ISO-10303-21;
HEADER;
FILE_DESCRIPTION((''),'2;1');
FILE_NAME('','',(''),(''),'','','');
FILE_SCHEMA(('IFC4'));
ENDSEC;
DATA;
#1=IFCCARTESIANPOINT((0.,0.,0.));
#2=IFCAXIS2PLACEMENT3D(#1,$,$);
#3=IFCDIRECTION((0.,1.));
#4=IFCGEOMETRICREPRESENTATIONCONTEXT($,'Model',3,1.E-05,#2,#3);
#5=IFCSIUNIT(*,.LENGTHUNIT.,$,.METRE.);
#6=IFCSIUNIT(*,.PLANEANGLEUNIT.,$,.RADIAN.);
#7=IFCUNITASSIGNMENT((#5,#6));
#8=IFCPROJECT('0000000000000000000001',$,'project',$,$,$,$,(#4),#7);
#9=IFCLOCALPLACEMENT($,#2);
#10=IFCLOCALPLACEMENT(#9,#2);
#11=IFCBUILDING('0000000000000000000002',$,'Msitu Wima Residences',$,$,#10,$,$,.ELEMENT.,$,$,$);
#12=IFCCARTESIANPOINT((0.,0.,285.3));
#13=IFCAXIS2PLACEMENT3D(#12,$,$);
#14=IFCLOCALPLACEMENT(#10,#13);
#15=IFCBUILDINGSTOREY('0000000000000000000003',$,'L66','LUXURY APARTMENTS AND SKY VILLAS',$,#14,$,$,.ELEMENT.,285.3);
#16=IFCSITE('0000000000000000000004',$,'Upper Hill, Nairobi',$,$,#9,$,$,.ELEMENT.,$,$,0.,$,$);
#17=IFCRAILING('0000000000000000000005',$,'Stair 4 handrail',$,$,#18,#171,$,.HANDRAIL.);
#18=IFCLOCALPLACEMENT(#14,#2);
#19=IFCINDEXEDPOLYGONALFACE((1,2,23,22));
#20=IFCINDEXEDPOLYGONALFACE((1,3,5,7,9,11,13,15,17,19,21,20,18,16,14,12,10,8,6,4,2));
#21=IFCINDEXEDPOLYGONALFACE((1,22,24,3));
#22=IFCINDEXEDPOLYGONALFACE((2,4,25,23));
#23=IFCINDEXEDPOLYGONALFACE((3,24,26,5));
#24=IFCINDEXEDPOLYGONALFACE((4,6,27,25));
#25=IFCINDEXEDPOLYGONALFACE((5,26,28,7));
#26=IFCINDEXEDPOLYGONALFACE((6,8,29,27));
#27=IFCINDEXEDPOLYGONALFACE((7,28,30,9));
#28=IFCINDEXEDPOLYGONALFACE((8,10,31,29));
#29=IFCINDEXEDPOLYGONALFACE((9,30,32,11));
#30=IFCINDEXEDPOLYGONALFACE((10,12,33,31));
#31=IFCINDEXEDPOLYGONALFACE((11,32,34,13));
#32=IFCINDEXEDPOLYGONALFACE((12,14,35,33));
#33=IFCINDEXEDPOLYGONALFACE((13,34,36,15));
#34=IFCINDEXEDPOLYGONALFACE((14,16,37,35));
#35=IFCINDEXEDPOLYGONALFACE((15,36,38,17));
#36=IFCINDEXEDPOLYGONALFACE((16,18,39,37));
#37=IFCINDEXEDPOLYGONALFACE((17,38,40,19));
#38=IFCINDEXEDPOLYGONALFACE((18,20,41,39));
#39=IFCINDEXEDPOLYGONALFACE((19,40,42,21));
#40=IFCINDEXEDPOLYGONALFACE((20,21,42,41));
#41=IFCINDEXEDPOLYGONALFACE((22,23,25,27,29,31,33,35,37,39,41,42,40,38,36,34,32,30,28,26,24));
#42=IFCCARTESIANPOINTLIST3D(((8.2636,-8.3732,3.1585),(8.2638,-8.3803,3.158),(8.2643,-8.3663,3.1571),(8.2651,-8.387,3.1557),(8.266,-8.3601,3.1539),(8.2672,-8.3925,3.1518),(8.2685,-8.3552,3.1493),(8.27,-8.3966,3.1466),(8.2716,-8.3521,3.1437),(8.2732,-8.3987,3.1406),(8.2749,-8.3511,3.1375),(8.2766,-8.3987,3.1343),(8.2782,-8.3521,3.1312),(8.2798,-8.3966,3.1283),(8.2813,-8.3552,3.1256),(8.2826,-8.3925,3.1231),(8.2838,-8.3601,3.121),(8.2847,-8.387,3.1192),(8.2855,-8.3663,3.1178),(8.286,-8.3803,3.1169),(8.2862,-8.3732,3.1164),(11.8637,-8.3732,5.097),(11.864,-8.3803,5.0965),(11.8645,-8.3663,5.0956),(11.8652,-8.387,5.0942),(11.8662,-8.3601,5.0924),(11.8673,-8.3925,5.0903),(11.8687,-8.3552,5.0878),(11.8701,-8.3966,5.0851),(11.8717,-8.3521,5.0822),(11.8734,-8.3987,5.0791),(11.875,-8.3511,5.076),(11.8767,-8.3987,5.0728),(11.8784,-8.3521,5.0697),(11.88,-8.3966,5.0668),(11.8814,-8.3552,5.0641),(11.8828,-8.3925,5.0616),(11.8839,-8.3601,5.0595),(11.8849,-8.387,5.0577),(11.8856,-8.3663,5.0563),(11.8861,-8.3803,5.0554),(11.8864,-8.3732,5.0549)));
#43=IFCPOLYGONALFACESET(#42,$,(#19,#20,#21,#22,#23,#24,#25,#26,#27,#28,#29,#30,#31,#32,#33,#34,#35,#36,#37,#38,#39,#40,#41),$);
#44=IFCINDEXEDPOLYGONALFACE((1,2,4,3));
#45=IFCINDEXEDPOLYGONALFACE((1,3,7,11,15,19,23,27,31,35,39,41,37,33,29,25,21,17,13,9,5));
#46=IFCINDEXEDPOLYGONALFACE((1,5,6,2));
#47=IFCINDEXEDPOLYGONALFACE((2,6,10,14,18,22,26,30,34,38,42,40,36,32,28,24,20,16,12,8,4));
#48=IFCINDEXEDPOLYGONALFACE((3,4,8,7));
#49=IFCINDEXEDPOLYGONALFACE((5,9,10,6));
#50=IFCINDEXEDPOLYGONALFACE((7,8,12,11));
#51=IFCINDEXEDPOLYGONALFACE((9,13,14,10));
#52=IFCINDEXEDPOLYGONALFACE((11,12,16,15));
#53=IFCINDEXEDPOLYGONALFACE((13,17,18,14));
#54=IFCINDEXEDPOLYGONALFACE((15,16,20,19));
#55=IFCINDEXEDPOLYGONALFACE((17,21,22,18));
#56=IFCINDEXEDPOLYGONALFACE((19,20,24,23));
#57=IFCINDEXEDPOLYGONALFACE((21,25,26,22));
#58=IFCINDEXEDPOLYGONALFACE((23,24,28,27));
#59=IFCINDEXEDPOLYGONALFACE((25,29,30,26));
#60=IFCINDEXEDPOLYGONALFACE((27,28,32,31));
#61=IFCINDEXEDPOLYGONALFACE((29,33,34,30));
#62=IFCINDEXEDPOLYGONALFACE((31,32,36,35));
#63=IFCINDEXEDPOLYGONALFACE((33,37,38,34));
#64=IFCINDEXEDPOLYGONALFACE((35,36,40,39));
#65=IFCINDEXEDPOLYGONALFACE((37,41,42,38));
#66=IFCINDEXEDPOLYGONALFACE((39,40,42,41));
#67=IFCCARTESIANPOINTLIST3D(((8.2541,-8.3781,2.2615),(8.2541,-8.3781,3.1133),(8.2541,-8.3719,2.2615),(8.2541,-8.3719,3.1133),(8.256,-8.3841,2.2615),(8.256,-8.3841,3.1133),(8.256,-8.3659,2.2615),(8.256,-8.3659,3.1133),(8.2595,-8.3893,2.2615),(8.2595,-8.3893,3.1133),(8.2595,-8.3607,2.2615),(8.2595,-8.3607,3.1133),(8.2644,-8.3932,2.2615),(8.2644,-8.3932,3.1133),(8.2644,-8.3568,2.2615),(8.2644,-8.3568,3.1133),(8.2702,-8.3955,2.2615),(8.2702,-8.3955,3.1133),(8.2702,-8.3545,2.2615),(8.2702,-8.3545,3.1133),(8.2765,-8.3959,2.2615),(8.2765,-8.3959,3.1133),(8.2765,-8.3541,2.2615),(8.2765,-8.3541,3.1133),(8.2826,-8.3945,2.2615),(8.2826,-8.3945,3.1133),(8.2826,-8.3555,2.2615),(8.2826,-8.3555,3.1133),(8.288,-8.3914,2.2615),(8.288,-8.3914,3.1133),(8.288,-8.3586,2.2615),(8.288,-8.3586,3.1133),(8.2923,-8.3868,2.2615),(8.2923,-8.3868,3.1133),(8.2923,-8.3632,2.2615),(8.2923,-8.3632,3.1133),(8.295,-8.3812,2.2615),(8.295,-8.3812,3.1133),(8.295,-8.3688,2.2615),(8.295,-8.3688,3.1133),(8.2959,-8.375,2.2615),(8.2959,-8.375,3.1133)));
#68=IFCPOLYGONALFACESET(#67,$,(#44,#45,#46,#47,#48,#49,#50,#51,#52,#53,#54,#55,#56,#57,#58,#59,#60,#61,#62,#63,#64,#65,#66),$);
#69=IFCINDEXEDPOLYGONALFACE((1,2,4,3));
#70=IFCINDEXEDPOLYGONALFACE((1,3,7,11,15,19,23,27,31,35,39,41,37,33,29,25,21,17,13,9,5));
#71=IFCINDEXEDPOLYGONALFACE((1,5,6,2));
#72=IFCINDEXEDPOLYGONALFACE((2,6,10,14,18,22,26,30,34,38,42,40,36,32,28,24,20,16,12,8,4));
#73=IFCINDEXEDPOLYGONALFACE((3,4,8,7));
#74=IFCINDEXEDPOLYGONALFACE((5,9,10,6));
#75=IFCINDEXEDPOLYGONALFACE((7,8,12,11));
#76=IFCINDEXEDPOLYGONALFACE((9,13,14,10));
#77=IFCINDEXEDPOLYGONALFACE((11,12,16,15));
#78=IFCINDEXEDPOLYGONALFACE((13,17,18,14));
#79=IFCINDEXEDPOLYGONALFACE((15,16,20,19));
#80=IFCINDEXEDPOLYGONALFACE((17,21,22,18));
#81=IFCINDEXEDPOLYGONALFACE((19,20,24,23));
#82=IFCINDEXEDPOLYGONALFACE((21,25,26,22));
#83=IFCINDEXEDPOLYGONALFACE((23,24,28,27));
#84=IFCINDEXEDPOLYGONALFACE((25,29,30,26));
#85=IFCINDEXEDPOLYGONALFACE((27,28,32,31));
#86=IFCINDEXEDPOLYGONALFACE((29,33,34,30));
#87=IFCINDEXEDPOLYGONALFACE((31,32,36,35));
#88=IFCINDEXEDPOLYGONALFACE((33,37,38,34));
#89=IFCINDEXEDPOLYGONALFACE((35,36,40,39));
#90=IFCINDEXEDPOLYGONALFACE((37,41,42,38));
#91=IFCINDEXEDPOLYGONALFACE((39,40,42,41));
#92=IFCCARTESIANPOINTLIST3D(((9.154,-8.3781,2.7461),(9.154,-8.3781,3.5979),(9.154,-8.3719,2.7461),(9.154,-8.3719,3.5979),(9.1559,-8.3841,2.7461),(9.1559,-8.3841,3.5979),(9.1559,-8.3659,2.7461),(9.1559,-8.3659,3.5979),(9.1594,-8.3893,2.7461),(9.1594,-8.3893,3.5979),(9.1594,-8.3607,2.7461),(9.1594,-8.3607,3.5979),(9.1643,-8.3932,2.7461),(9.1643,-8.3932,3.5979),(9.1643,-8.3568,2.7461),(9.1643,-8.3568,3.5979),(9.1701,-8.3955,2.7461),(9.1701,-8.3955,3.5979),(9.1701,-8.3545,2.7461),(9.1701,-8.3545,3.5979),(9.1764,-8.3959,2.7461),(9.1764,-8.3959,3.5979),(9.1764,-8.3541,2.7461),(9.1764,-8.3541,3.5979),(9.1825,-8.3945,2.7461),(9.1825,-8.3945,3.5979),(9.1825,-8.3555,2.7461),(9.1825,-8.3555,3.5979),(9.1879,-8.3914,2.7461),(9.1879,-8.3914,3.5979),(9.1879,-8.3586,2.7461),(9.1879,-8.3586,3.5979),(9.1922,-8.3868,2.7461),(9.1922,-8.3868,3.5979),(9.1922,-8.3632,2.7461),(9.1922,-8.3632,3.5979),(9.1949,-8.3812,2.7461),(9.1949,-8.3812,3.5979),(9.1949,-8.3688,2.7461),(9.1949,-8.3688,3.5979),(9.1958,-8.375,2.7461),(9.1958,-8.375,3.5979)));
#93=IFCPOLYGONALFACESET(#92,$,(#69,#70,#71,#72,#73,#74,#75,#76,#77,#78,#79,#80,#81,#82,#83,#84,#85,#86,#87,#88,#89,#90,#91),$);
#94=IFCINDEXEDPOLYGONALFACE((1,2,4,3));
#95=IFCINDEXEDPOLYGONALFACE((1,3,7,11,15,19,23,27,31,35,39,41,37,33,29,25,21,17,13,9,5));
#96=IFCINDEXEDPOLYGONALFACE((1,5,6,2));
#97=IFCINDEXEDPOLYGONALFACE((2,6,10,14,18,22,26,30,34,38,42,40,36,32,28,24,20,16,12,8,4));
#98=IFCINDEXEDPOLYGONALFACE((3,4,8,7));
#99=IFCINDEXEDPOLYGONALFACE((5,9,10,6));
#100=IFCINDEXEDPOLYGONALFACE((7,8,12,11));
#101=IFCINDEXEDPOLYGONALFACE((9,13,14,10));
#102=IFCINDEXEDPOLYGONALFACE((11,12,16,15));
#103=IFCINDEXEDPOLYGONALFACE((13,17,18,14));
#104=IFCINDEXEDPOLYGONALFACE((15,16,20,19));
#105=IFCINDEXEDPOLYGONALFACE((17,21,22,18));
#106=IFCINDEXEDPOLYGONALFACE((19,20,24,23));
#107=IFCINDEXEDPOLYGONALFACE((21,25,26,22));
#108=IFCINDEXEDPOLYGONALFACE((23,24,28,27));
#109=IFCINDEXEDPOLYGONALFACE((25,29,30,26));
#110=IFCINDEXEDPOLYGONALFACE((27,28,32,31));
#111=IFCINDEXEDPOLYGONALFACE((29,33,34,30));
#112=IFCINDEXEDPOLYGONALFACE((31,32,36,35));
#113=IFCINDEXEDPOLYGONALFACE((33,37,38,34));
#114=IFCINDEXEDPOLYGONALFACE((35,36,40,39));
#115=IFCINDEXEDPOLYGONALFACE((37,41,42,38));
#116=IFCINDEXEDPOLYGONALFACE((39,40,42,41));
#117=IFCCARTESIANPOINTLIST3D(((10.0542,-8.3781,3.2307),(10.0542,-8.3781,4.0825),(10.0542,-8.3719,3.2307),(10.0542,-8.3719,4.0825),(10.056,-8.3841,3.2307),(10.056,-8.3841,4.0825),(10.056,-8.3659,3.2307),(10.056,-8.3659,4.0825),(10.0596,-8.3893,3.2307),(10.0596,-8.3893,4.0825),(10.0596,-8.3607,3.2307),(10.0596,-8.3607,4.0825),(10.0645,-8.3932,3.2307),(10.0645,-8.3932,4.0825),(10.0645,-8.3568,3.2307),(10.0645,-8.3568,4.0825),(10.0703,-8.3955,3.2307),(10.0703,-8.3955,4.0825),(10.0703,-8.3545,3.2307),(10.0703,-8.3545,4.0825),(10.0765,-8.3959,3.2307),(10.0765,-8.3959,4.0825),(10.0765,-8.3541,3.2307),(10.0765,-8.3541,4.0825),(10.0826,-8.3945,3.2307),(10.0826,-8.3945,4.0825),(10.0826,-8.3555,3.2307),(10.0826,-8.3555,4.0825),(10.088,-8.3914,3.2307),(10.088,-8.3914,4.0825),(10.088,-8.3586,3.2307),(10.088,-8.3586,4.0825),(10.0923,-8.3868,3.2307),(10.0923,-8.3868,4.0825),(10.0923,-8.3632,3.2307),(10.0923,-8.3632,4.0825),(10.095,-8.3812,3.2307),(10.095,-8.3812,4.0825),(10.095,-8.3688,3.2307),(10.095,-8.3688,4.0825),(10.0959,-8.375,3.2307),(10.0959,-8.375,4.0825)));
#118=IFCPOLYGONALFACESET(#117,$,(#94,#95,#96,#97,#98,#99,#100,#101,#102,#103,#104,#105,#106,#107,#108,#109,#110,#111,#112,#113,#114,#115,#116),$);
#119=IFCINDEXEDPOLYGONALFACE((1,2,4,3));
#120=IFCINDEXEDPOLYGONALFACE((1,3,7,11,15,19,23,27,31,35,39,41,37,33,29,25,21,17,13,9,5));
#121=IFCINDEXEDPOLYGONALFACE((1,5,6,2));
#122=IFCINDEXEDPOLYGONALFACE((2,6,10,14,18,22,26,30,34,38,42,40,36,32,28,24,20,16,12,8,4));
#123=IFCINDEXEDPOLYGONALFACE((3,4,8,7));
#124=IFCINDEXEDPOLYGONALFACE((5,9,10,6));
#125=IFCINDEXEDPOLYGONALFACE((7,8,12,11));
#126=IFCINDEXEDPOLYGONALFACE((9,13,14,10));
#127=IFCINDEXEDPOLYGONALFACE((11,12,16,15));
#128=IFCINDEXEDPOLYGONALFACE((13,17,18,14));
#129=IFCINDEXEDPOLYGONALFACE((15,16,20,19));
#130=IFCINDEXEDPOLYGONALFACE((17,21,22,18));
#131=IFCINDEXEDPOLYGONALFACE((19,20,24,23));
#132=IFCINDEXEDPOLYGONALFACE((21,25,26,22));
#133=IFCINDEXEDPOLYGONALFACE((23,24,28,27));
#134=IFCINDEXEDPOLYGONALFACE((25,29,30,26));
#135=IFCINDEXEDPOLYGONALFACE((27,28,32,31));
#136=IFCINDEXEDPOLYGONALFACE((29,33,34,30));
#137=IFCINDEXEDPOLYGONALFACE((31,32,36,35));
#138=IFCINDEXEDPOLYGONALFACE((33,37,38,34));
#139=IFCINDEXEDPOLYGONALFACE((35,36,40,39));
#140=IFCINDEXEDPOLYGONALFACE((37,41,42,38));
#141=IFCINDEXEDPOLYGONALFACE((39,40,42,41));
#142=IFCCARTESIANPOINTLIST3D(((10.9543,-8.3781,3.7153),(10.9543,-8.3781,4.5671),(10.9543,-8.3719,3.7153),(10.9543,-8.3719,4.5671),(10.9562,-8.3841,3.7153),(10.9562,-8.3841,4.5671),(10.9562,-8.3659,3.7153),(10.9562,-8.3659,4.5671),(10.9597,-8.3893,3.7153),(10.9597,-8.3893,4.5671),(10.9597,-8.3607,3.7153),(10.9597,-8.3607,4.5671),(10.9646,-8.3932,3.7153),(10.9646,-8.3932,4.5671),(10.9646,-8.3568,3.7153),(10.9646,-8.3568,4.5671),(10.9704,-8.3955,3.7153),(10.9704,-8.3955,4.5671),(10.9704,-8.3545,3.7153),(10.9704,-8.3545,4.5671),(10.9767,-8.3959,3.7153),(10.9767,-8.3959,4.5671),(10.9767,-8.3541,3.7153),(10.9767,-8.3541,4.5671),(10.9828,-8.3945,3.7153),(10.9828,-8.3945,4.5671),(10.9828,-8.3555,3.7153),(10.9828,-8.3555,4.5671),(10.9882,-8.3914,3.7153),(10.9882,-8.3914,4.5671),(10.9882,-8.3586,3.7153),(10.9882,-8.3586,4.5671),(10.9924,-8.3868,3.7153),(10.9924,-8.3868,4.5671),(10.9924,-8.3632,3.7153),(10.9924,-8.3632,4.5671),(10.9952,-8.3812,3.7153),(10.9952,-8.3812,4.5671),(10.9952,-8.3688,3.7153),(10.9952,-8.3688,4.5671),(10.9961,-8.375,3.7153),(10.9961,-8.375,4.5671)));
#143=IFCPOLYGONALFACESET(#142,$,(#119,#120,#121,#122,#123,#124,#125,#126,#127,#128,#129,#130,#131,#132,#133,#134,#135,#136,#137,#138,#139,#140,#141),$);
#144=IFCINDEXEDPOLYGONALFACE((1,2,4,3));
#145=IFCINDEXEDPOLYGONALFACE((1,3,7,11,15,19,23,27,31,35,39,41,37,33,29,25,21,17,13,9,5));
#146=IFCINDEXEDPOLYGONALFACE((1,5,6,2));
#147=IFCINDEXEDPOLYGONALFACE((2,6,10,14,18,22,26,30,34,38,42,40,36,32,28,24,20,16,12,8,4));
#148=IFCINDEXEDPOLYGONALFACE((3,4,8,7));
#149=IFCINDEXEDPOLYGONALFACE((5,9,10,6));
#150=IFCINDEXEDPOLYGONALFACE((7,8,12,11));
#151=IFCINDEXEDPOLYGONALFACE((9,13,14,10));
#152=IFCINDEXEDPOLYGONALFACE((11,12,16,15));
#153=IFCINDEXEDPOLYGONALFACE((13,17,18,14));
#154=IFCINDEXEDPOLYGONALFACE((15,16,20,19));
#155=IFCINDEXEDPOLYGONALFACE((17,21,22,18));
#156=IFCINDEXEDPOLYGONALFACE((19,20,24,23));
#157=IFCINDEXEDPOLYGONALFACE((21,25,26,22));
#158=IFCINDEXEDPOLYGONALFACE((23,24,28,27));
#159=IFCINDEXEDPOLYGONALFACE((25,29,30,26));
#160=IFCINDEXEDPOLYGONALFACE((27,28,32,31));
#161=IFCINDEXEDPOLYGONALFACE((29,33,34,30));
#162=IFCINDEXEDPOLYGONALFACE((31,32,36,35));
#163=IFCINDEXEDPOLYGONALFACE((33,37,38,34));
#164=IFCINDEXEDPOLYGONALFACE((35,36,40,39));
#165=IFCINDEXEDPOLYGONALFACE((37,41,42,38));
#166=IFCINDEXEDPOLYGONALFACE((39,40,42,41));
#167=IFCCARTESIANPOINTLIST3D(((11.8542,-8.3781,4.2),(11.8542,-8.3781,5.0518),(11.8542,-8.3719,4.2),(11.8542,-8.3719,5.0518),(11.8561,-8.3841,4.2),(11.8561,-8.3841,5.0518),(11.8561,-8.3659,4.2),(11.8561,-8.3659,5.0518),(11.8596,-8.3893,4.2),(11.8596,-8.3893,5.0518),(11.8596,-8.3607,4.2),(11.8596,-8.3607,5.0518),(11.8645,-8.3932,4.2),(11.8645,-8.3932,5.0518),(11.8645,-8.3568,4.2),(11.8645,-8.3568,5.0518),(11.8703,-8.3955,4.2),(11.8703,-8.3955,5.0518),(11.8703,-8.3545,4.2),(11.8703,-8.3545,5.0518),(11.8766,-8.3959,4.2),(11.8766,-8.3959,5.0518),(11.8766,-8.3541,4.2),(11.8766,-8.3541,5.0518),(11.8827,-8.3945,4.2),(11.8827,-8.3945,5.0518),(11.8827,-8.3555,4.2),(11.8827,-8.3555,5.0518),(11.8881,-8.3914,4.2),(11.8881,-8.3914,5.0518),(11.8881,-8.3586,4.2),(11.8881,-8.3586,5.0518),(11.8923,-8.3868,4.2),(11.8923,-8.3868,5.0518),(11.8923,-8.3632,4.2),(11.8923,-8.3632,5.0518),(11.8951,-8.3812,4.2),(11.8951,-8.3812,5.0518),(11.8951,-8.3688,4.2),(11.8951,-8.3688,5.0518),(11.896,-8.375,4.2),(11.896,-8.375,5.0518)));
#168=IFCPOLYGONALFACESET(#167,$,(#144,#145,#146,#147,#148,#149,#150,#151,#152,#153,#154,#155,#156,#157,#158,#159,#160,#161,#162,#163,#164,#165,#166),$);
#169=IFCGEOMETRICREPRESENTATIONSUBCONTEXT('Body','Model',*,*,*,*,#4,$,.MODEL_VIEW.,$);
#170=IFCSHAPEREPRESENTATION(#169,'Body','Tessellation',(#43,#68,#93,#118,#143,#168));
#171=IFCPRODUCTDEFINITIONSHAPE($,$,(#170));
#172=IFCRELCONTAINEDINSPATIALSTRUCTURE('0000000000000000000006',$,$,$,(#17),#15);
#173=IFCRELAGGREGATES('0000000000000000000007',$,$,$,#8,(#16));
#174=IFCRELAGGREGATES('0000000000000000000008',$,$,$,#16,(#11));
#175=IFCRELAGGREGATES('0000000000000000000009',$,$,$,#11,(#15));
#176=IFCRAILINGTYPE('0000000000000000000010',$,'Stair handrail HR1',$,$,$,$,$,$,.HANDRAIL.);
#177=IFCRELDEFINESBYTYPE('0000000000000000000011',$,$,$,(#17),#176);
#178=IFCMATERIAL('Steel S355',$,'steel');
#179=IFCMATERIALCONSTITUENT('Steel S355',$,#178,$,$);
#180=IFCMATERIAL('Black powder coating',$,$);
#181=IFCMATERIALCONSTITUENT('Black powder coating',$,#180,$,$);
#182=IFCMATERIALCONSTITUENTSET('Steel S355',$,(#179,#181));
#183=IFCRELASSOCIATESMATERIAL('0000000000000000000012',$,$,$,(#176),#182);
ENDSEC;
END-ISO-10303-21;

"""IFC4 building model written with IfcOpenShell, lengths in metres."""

from ifc_helpers import new_model, si_unit, direction, frame, origin, origin_2d, place, context, subcontext, project, spatial, circle, extrude, material, constituent, constituent_set, type_object, element, save


model = new_model("IFC4")

# Units and contexts
model_context = context("Model", 3, precision=1e-05, world=origin(), true_north=direction((0.0, 1.0)))
body_context = subcontext(model_context, "Body", "Model", "MODEL_VIEW")
ifc_project = project(units=[si_unit("LENGTHUNIT", "METRE"), si_unit("PLANEANGLEUNIT", "RADIAN")], contexts=[model_context])

# Site, building, storey
site_placement = place(None, origin())
site = spatial("IfcSite", under=ifc_project, at=site_placement, Name="Upper Hill, Nairobi", CompositionType="ELEMENT", RefElevation=0.0)
building_placement = place(site_placement, origin())
building = spatial("IfcBuilding", under=site, at=building_placement, Name="Msitu Wima Residences", CompositionType="ELEMENT")
storey_placement = place(building_placement, frame((0.0, 0.0, 285.3)))
storey = spatial("IfcBuildingStorey", under=building, at=storey_placement, Name="L66", Description="LUXURY APARTMENTS AND SKY VILLAS", CompositionType="ELEMENT", Elevation=285.3)

# Railing
ifc_material_1 = material(Name="Steel S355", Category="steel")
ifc_constituent_1 = constituent(ifc_material_1, Name="Steel S355")
ifc_material_2 = material(Name="Black powder coating")
ifc_constituent_2 = constituent(ifc_material_2, Name="Black powder coating")
ifc_constituent_set = constituent_set(constituents=[ifc_constituent_1, ifc_constituent_2], Name="Steel S355")
railing_type = type_object("IfcRailingType", Name="Stair handrail HR1", PredefinedType="HANDRAIL", material=ifc_constituent_set)
for number, where, name in (
    (1, (8.2749, -8.375, 2.2615), "Stair 4 handrail"),
):
    element("IfcRailing", number, at=place(storey_placement, frame(where)), inside=storey, type_object=railing_type, Name=name, PredefinedType="HANDRAIL", context=body_context, shape_type="SweptSolid", body=[
        extrude(circle(Radius=0.0239, at=origin_2d()), frame((0.0, 0.0, 0.876), z_axis=(0.880475, 0.0, 0.474093), x_axis=(0.0, 1.0, 0.0)), (0.0, 0.0, 1.0), 4.0889),
        extrude(circle(Radius=0.021, at=origin_2d()), origin(), (0.0, 0.0, 1.0), 0.8518),
        extrude(circle(Radius=0.021, at=origin_2d()), frame((0.8999, 0.0, 0.4846)), (0.0, 0.0, 1.0), 0.8518),
        extrude(circle(Radius=0.021, at=origin_2d()), frame((1.8, 0.0, 0.9692)), (0.0, 0.0, 1.0), 0.8518),
        extrude(circle(Radius=0.021, at=origin_2d()), frame((2.7002, 0.0, 1.4539)), (0.0, 0.0, 1.0), 0.8518),
        extrude(circle(Radius=0.021, at=origin_2d()), frame((3.6001, 0.0, 1.9385)), (0.0, 0.0, 1.0), 0.8518),
    ])

save(model, "model.ifc")
